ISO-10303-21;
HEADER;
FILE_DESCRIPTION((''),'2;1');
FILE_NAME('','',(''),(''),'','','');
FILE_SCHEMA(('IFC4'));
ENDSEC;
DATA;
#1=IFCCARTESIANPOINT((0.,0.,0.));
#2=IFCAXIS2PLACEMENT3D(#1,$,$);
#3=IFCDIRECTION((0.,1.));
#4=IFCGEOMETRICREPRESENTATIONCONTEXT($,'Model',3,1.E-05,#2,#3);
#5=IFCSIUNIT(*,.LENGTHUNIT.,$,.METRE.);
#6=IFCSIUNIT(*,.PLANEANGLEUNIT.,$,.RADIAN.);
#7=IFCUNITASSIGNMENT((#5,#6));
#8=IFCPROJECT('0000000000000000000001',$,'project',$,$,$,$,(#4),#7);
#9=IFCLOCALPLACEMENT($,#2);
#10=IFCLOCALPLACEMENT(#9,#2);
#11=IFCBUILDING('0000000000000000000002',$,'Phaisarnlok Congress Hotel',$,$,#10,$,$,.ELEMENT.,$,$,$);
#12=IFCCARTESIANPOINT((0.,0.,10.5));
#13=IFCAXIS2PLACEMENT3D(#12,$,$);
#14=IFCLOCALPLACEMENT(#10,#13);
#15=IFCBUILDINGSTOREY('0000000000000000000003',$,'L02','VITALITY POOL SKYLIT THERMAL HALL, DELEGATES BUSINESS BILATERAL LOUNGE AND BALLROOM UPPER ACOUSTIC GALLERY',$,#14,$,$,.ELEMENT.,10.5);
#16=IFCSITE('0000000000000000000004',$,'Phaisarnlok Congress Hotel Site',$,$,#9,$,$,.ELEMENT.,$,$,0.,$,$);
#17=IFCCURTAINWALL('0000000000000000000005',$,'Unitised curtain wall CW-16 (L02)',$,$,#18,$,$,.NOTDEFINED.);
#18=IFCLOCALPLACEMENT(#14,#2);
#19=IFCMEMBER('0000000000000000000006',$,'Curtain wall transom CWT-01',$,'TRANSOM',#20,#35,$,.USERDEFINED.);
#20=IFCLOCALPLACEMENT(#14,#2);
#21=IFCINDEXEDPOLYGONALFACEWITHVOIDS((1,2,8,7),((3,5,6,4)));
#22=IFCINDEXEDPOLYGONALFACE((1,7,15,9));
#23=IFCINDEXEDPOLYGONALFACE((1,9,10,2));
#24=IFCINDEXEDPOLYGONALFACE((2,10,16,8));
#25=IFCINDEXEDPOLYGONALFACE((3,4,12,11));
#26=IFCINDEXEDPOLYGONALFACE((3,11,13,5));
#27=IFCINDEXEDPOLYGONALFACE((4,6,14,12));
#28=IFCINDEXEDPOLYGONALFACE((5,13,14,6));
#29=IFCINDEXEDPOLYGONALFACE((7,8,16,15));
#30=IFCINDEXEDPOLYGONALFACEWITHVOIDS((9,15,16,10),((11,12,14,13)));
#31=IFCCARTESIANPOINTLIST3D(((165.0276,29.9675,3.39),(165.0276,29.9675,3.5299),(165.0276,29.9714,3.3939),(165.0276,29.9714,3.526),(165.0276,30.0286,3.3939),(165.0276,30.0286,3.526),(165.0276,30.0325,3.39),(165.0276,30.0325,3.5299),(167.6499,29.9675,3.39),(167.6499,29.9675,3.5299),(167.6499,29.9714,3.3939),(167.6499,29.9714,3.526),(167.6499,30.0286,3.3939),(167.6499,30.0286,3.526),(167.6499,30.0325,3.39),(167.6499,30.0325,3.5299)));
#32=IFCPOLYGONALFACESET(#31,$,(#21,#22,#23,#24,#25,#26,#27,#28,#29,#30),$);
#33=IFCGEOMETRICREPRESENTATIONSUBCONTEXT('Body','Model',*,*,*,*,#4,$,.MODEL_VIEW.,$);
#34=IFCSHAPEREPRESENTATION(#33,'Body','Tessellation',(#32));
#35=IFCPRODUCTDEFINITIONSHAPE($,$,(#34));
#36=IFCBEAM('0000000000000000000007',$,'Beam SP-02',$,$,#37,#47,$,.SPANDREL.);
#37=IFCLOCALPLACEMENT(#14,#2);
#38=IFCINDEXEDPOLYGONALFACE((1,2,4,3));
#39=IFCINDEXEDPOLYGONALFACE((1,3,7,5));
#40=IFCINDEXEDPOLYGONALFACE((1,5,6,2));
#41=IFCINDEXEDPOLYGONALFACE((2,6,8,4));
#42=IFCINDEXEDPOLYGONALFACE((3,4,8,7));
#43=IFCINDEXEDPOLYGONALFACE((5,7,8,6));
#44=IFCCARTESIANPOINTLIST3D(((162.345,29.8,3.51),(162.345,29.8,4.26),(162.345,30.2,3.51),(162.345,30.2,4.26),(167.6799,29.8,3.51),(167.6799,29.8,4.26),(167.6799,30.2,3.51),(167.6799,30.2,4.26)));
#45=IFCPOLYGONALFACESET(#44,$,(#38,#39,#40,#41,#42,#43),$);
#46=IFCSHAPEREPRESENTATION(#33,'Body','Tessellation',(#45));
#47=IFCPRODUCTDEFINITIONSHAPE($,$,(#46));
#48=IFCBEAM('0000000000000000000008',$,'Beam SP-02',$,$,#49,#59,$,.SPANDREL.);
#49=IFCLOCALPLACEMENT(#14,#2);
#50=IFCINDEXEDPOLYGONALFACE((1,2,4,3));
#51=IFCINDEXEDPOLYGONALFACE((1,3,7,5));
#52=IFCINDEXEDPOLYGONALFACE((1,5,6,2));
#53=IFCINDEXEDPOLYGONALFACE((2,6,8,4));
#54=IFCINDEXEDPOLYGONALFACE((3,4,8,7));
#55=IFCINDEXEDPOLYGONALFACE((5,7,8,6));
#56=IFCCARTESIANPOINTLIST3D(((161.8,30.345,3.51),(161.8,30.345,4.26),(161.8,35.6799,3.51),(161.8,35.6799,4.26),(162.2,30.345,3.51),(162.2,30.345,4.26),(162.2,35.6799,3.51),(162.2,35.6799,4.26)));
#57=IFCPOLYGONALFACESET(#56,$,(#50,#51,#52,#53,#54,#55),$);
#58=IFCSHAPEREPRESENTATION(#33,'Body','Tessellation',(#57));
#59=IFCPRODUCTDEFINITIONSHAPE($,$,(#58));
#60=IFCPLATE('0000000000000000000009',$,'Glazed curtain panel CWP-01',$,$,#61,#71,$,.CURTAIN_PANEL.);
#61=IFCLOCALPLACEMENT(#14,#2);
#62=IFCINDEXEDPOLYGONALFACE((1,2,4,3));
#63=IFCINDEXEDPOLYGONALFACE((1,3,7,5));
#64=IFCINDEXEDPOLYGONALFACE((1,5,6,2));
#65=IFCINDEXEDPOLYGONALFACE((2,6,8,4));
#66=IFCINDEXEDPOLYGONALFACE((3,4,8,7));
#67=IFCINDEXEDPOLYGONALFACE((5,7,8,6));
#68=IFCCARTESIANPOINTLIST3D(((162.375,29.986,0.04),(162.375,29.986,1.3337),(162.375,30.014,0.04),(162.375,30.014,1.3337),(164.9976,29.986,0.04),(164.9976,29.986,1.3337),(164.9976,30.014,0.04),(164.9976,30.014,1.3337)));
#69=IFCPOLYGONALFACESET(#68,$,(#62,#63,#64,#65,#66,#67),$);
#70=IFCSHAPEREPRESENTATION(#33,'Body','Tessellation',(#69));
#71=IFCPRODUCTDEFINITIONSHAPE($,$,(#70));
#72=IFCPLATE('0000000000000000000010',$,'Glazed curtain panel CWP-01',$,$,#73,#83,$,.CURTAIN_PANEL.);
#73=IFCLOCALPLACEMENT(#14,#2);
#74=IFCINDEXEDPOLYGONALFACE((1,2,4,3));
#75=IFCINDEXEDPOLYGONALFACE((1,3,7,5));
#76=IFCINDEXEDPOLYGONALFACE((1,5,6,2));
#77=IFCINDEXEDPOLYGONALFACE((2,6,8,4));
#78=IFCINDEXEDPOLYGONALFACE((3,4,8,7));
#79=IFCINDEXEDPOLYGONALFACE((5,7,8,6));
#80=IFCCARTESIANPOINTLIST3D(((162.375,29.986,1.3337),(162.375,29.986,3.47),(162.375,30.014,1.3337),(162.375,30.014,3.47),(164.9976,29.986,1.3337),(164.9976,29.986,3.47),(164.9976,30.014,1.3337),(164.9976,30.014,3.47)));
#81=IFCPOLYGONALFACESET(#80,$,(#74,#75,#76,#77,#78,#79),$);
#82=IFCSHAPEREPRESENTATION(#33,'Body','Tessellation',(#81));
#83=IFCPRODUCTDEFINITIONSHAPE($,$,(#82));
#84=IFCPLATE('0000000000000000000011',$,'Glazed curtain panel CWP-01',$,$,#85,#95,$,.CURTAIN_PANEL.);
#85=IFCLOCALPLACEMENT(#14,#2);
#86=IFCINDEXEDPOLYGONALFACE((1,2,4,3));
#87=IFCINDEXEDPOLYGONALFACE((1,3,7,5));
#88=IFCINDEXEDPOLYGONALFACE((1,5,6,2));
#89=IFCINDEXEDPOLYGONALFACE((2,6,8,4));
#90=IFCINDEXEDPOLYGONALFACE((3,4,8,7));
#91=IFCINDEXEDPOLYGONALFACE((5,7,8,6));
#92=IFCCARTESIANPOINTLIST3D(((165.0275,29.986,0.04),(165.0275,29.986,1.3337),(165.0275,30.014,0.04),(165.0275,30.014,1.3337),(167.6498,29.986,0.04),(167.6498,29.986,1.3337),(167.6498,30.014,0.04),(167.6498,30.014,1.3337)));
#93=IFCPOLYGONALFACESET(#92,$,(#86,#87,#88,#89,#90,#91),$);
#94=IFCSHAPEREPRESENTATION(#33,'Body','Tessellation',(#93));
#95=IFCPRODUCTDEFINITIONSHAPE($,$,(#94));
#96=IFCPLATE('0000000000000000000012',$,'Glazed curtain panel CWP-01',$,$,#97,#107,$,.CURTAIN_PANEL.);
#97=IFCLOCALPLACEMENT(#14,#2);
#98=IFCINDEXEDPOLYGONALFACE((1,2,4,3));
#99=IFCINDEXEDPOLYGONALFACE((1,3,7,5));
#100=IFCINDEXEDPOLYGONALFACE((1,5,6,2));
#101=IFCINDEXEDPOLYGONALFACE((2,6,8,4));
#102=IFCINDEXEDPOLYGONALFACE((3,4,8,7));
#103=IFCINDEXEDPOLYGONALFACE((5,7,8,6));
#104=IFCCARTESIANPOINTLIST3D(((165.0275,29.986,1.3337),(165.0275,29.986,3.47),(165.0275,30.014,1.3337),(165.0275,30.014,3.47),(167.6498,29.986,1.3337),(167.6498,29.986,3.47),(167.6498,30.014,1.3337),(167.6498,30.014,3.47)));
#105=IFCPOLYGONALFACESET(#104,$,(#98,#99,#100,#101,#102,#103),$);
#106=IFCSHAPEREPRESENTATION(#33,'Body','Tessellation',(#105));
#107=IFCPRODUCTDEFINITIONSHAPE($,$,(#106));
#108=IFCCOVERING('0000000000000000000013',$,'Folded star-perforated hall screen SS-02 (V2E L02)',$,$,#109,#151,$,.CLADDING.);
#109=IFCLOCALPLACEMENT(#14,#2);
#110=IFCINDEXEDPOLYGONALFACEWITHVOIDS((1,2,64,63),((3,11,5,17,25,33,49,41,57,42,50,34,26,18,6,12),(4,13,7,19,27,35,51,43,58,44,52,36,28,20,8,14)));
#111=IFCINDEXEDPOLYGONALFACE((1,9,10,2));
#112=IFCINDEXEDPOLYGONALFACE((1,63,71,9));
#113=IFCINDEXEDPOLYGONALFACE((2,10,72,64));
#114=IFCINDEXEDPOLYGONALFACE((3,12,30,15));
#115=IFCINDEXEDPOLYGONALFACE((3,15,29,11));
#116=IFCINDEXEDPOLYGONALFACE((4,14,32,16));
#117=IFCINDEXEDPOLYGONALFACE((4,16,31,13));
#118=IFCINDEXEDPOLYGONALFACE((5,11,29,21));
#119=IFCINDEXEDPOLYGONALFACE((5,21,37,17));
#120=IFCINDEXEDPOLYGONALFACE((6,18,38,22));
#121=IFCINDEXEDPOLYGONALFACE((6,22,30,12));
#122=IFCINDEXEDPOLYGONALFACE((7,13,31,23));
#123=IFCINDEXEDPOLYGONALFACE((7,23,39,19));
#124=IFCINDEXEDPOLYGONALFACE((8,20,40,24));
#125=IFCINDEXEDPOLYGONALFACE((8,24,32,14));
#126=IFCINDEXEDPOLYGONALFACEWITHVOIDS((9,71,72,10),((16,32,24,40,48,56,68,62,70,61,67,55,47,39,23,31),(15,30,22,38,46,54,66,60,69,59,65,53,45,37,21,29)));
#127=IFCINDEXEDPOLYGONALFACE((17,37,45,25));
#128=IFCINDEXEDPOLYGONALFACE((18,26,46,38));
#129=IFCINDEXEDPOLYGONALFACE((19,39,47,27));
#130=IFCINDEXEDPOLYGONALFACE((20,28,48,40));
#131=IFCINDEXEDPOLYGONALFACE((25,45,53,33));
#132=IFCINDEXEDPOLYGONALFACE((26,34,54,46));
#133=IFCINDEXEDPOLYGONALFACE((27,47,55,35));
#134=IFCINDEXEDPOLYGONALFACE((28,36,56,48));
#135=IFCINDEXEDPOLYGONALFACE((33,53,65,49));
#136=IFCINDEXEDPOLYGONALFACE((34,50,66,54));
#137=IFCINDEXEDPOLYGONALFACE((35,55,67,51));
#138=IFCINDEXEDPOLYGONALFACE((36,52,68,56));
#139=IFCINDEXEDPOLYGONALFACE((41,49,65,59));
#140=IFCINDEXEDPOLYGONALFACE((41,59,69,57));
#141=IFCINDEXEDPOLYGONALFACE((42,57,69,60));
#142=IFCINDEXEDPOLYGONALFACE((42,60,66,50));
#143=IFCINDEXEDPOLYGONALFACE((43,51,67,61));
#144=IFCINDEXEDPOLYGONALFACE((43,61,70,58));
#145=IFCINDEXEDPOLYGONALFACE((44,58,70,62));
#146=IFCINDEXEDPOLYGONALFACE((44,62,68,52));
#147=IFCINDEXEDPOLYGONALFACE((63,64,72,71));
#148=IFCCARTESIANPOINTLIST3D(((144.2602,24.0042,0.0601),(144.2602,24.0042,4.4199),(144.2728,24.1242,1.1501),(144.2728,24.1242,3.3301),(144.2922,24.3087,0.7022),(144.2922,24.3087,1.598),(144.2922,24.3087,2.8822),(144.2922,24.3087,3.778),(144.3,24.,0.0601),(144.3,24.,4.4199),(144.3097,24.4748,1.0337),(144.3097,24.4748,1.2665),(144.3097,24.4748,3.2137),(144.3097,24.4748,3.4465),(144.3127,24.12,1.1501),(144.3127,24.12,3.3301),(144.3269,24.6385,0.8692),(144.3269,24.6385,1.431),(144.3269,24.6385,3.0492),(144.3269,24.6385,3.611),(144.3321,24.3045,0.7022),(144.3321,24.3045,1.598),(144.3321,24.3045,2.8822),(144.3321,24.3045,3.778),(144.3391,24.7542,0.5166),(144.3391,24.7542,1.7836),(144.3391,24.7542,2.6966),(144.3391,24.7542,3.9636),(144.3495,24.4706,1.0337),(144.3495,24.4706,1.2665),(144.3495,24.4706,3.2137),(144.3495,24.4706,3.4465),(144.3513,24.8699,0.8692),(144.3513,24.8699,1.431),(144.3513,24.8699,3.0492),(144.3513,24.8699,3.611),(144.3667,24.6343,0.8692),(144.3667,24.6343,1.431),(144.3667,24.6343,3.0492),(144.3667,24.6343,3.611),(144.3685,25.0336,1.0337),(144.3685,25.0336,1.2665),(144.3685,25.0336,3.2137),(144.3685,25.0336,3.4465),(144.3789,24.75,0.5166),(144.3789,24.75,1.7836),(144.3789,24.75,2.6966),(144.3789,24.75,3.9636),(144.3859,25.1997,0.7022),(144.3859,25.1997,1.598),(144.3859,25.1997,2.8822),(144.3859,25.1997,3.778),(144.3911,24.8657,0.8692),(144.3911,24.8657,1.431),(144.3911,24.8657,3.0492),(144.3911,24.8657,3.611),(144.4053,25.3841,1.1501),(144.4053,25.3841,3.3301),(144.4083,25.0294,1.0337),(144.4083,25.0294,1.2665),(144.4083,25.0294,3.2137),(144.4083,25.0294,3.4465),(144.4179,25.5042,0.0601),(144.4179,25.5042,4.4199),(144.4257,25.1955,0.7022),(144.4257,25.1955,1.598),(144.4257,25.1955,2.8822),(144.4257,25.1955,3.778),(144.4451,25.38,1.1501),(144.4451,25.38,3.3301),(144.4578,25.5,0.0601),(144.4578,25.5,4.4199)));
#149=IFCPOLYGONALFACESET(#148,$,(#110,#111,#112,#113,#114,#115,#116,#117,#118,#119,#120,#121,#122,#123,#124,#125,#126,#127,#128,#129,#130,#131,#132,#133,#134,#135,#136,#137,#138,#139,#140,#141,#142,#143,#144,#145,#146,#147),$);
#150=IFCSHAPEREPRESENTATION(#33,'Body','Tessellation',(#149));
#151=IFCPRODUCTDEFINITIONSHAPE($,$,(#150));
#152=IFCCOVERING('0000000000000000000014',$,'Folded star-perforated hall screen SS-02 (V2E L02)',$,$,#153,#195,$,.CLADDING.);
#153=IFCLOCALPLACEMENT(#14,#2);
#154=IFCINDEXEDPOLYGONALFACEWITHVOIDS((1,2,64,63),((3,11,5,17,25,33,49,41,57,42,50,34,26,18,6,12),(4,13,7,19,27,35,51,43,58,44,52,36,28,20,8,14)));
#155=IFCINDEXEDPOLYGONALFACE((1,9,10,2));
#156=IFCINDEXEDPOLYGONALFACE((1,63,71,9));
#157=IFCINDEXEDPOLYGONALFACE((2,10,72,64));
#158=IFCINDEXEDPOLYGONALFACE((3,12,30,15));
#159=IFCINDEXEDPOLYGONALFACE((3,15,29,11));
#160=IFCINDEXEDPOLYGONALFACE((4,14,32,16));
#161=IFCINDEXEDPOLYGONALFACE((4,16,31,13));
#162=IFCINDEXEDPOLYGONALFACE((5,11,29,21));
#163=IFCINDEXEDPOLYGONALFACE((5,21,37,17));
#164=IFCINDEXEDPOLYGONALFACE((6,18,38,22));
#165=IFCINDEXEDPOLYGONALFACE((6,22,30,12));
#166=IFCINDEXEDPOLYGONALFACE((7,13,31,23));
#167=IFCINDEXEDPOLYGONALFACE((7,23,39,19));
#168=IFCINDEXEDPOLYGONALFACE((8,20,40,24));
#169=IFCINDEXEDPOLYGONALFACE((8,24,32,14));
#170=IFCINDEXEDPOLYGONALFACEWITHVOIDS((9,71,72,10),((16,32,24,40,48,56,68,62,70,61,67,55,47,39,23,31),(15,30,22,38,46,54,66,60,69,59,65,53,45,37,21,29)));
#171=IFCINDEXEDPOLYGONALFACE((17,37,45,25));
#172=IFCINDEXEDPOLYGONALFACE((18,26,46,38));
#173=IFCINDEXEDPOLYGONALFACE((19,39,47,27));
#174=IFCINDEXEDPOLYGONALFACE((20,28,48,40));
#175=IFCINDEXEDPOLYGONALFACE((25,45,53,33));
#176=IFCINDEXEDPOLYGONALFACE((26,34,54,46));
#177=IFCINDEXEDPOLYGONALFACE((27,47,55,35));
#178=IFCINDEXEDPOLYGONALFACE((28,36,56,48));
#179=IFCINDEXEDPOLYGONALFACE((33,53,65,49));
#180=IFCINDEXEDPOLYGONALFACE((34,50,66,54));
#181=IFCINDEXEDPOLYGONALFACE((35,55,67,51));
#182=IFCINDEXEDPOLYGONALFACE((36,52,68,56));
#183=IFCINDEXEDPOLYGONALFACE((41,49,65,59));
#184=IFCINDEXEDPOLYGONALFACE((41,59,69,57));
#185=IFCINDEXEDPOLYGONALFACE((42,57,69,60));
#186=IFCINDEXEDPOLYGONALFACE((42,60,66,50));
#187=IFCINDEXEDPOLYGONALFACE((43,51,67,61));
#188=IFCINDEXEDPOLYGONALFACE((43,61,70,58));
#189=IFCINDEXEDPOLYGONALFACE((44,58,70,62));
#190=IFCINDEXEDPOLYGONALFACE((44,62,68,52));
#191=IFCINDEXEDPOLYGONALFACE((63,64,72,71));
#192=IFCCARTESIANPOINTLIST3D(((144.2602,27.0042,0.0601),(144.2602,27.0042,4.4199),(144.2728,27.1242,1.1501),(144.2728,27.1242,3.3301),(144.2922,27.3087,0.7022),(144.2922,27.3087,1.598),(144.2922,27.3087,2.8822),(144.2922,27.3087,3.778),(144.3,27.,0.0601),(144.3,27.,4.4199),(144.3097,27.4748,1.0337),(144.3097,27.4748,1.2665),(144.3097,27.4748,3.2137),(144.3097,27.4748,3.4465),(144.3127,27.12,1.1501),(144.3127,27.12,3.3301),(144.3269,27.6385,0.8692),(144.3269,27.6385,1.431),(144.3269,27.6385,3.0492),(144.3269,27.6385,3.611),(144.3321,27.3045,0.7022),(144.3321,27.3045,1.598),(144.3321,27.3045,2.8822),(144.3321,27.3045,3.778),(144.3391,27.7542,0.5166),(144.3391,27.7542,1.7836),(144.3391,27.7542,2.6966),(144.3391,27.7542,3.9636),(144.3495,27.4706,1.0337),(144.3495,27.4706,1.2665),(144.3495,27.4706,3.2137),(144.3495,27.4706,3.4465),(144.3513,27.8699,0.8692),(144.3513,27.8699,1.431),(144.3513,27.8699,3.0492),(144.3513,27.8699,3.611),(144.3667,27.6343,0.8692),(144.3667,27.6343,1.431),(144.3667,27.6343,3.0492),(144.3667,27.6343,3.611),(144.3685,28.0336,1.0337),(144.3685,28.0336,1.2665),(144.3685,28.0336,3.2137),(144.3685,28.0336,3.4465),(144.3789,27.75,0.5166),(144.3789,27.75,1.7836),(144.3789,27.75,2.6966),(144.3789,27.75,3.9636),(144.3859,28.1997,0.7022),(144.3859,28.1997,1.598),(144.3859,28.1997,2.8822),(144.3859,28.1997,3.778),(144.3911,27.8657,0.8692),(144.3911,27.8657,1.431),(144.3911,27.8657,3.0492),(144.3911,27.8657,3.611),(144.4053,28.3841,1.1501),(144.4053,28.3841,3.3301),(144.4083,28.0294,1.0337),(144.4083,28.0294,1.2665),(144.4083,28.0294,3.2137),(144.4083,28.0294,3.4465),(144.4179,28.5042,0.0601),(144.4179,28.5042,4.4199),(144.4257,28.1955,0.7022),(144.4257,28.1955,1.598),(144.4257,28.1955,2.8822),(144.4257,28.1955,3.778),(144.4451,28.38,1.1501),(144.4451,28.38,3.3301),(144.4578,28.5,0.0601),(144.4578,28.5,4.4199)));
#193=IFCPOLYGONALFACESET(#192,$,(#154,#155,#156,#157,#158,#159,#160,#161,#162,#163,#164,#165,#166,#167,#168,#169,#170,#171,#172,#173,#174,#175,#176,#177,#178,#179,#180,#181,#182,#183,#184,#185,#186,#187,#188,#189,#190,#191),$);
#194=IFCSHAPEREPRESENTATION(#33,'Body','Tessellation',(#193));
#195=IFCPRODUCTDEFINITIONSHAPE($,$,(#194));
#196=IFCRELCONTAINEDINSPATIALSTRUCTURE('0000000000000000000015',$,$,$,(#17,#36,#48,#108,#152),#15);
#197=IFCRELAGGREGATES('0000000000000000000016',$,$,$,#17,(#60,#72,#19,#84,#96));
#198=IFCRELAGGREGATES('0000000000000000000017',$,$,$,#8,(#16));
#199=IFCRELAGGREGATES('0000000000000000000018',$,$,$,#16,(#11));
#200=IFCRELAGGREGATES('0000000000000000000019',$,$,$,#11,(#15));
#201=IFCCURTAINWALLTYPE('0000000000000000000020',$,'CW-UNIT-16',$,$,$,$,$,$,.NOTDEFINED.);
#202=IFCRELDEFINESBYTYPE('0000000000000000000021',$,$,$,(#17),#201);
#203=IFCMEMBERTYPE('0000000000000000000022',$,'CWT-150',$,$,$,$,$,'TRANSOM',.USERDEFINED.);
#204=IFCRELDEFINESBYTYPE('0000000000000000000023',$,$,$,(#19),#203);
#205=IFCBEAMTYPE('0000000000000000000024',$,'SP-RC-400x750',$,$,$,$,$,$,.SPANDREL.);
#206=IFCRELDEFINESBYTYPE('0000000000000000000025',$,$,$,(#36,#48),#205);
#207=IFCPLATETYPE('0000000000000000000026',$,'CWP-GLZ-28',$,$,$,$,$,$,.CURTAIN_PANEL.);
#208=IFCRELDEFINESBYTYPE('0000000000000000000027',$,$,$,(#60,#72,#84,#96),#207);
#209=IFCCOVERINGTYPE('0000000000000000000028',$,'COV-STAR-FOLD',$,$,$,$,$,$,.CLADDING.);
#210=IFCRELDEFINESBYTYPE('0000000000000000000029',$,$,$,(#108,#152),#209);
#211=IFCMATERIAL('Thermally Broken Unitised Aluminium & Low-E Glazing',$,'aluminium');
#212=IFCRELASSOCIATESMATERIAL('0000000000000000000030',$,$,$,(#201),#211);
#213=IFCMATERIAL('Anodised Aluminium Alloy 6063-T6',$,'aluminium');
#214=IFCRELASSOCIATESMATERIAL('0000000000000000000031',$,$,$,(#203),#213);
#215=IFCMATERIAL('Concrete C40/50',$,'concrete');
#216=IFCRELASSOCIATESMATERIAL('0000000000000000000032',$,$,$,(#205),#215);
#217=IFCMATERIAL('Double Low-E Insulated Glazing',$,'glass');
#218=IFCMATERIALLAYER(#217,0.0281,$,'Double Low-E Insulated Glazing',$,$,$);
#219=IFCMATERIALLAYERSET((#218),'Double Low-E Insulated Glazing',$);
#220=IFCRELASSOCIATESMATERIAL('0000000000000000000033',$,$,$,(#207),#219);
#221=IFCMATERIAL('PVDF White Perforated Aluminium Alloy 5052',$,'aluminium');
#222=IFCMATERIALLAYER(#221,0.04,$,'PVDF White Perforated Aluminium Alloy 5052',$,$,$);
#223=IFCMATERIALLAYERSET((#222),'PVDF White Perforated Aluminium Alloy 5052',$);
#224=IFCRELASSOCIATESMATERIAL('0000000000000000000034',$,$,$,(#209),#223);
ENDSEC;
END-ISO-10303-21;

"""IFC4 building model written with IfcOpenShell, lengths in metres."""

from ifc_helpers import new_model, si_unit, direction, frame, frame_2d, origin, origin_2d, place, context, subcontext, project, spatial, polyline, rectangle, hollow_rectangle, outline, extrude, material, layer, layer_set, material_profile, profile_set, type_object, element, aggregate, save


model = new_model("IFC4")

# Units and contexts
model_context = context("Model", 3, precision=1e-05, world=origin(), true_north=direction((0.0, 1.0)))
body_context = subcontext(model_context, "Body", "Model", "MODEL_VIEW")
ifc_project = project(units=[si_unit("LENGTHUNIT", "METRE"), si_unit("PLANEANGLEUNIT", "RADIAN")], contexts=[model_context])

# Site, building, storey
site_placement = place(None, origin())
site = spatial("IfcSite", under=ifc_project, at=site_placement, Name="Phaisarnlok Congress Hotel Site", CompositionType="ELEMENT", RefElevation=0.0)
building_placement = place(site_placement, origin())
building = spatial("IfcBuilding", under=site, at=building_placement, Name="Phaisarnlok Congress Hotel", CompositionType="ELEMENT")
storey_placement = place(building_placement, frame((0.0, 0.0, 10.5)))
storey = spatial("IfcBuildingStorey", under=building, at=storey_placement, Name="L02", Description="VITALITY POOL SKYLIT THERMAL HALL, DELEGATES BUSINESS BILATERAL LOUNGE AND BALLROOM UPPER ACOUSTIC GALLERY", CompositionType="ELEMENT", Elevation=10.5)

# Shared definitions
ifc_material_1 = material(Name="Concrete C40/50", Category="concrete")

# Curtain wall, member
ifc_material_2 = material(Name="Thermally Broken Unitised Aluminium & Low-E Glazing", Category="aluminium")
curtain_wall_type = type_object("IfcCurtainWallType", Name="CW-UNIT-16", PredefinedType="NOTDEFINED", material=ifc_material_2)
curtain_wall_placement = place(storey_placement, origin())
curtain_wall = element("IfcCurtainWall", 1, at=curtain_wall_placement, inside=storey, type_object=curtain_wall_type, Name="Unitised curtain wall CW-16 (L02)", PredefinedType="NOTDEFINED")
ifc_material_3 = material(Name="Anodised Aluminium Alloy 6063-T6", Category="aluminium")
ifc_material_profile_1 = material_profile(ifc_material_3, hollow_rectangle(XDim=0.0649, YDim=0.1399, WallThickness=0.0039, at=origin_2d()), Name="ALU-T 65x140x4")
ifc_profile_set_1 = profile_set([ifc_material_profile_1], Name="Anodised Aluminium Alloy 6063-T6")
member_type_1 = type_object("IfcMemberType", Name="CWT-150", ElementType="TRANSOM", PredefinedType="USERDEFINED", material=ifc_profile_set_1)
member_1_placement = place(storey_placement, frame((165.0276, 30.0, 3.46), z_axis=(1.0, 0.0, 0.0), x_axis=(0.0, 1.0, 0.0)))
member_1 = element("IfcMember", 2, at=member_1_placement, type_object=member_type_1, Name="Curtain wall transom CWT-01", ObjectType="TRANSOM", PredefinedType="USERDEFINED", context=body_context, shape_type="SweptSolid", body=[
    extrude(hollow_rectangle(XDim=0.0649, YDim=0.1399, WallThickness=0.0039, at=origin_2d()), origin(), (0.0, 0.0, 1.0), 2.6223),
])

# Beams
ifc_material_profile_2 = material_profile(ifc_material_1, rectangle(XDim=0.3999, YDim=0.75, at=origin_2d()), Name="RC 400x750")
ifc_profile_set_2 = profile_set([ifc_material_profile_2], Name="Concrete C40/50")
beam_type_1 = type_object("IfcBeamType", Name="SP-RC-400x750", PredefinedType="SPANDREL", material=ifc_profile_set_2)
for number, where, z_axis, x_axis, name in (
    (3, (162.345, 30.0, 3.885), (1.0, 0.0, 0.0), (0.0, 1.0, 0.0), "Beam SP-02"),
    (4, (162.0, 30.345, 3.885), (0.0, 1.0, 0.0), (-1.0, 0.0, 0.0), "Beam SP-02"),
):
    element("IfcBeam", number, at=place(storey_placement, frame(where, z_axis=z_axis, x_axis=x_axis)), inside=storey, type_object=beam_type_1, Name=name, PredefinedType="SPANDREL", context=body_context, shape_type="SweptSolid", body=[
        extrude(rectangle(XDim=0.3999, YDim=0.75, at=origin_2d()), origin(), (0.0, 0.0, 1.0), 5.335),
    ])

# Plates
ifc_material_4 = material(Name="Double Low-E Insulated Glazing", Category="glass")
ifc_layer_1 = layer(ifc_material_4, 0.0281, Name="Double Low-E Insulated Glazing")
ifc_layer_set_1 = layer_set([ifc_layer_1], Name="Double Low-E Insulated Glazing")
plate_type = type_object("IfcPlateType", Name="CWP-GLZ-28", PredefinedType="CURTAIN_PANEL", material=ifc_layer_set_1)
plate_1_placement = place(storey_placement, frame((162.375, 30.0, 0.04), z_axis=(0.0, 0.0, 1.0), x_axis=(1.0, 0.0, 0.0)))
plate_1 = element("IfcPlate", 5, at=plate_1_placement, type_object=plate_type, Name="Glazed curtain panel CWP-01", PredefinedType="CURTAIN_PANEL", context=body_context, shape_type="SweptSolid", body=[
    extrude(rectangle(XDim=2.6226, YDim=0.0281, at=frame_2d((1.3113, 0.0))), origin(), (0.0, 0.0, 1.0), 1.2937),
])
plate_2_placement = place(storey_placement, frame((162.375, 30.0, 1.3337), z_axis=(0.0, 0.0, 1.0), x_axis=(1.0, 0.0, 0.0)))
plate_2 = element("IfcPlate", 6, at=plate_2_placement, type_object=plate_type, Name="Glazed curtain panel CWP-01", PredefinedType="CURTAIN_PANEL", context=body_context, shape_type="SweptSolid", body=[
    extrude(rectangle(XDim=2.6226, YDim=0.0281, at=frame_2d((1.3113, 0.0))), origin(), (0.0, 0.0, 1.0), 2.1362),
])
plate_3_placement = place(storey_placement, frame((165.0276, 30.0, 0.04), z_axis=(0.0, 0.0, 1.0), x_axis=(1.0, 0.0, 0.0)))
plate_3 = element("IfcPlate", 7, at=plate_3_placement, type_object=plate_type, Name="Glazed curtain panel CWP-01", PredefinedType="CURTAIN_PANEL", context=body_context, shape_type="SweptSolid", body=[
    extrude(rectangle(XDim=2.6223, YDim=0.0281, at=frame_2d((1.311, 0.0))), origin(), (0.0, 0.0, 1.0), 1.2937),
])
plate_4_placement = place(storey_placement, frame((165.0276, 30.0, 1.3337), z_axis=(0.0, 0.0, 1.0), x_axis=(1.0, 0.0, 0.0)))
plate_4 = element("IfcPlate", 8, at=plate_4_placement, type_object=plate_type, Name="Glazed curtain panel CWP-01", PredefinedType="CURTAIN_PANEL", context=body_context, shape_type="SweptSolid", body=[
    extrude(rectangle(XDim=2.6223, YDim=0.0281, at=frame_2d((1.311, 0.0))), origin(), (0.0, 0.0, 1.0), 2.1362),
])
aggregate(curtain_wall, [plate_1, plate_2, member_1, plate_3, plate_4])

# Coverings
ifc_material_5 = material(Name="PVDF White Perforated Aluminium Alloy 5052", Category="aluminium")
ifc_layer_2 = layer(ifc_material_5, 0.04, Name="PVDF White Perforated Aluminium Alloy 5052")
ifc_layer_set_2 = layer_set([ifc_layer_2], Name="PVDF White Perforated Aluminium Alloy 5052")
covering_type = type_object("IfcCoveringType", Name="COV-STAR-FOLD", PredefinedType="CLADDING", material=ifc_layer_set_2)
for number, where, z_axis, x_axis, name in (
    (9, (144.4578, 25.5, 0.0601), (-0.994518, 0.104567, 0.0), (-0.104567, -0.994518, 0.0), "Folded star-perforated hall screen SS-02 (V2E L02)"),
    (10, (144.4578, 28.5, 0.0601), (-0.994518, 0.104567, 0.0), (-0.104567, -0.994518, 0.0), "Folded star-perforated hall screen SS-02 (V2E L02)"),
):
    element("IfcCovering", number, at=place(storey_placement, frame(where, z_axis=z_axis, x_axis=x_axis)), inside=storey, type_object=covering_type, Name=name, PredefinedType="CLADDING", context=body_context, shape_type="SweptSolid", body=[
        extrude(outline(polyline([(0.0, 0.0), (1.5083, 0.0), (1.5083, 4.3599), (0.0, 4.3599), (0.0, 0.0)]), holes=[polyline([(1.0351, 0.9736), (1.2021, 0.6421), (0.8705, 0.8091), (0.7541, 0.4565), (0.6378, 0.8091), (0.3062, 0.6421), (0.4732, 0.9736), (0.1207, 1.09), (0.4732, 1.2064), (0.3062, 1.5379), (0.6378, 1.3709), (0.7541, 1.7235), (0.8705, 1.3709), (1.2021, 1.5379), (1.0351, 1.2064), (1.3876, 1.09), (1.0351, 0.9736)]), polyline([(1.0351, 3.1536), (1.2021, 2.8221), (0.8705, 2.9891), (0.7541, 2.6365), (0.6378, 2.9891), (0.3062, 2.8221), (0.4732, 3.1536), (0.1207, 3.27), (0.4732, 3.3864), (0.3062, 3.7179), (0.6378, 3.5509), (0.7541, 3.9035), (0.8705, 3.5509), (1.2021, 3.7179), (1.0351, 3.3864), (1.3876, 3.27), (1.0351, 3.1536)])]), origin(), (0.0, 0.0, 1.0), 0.04),
    ])

save(model, "model.ifc")
